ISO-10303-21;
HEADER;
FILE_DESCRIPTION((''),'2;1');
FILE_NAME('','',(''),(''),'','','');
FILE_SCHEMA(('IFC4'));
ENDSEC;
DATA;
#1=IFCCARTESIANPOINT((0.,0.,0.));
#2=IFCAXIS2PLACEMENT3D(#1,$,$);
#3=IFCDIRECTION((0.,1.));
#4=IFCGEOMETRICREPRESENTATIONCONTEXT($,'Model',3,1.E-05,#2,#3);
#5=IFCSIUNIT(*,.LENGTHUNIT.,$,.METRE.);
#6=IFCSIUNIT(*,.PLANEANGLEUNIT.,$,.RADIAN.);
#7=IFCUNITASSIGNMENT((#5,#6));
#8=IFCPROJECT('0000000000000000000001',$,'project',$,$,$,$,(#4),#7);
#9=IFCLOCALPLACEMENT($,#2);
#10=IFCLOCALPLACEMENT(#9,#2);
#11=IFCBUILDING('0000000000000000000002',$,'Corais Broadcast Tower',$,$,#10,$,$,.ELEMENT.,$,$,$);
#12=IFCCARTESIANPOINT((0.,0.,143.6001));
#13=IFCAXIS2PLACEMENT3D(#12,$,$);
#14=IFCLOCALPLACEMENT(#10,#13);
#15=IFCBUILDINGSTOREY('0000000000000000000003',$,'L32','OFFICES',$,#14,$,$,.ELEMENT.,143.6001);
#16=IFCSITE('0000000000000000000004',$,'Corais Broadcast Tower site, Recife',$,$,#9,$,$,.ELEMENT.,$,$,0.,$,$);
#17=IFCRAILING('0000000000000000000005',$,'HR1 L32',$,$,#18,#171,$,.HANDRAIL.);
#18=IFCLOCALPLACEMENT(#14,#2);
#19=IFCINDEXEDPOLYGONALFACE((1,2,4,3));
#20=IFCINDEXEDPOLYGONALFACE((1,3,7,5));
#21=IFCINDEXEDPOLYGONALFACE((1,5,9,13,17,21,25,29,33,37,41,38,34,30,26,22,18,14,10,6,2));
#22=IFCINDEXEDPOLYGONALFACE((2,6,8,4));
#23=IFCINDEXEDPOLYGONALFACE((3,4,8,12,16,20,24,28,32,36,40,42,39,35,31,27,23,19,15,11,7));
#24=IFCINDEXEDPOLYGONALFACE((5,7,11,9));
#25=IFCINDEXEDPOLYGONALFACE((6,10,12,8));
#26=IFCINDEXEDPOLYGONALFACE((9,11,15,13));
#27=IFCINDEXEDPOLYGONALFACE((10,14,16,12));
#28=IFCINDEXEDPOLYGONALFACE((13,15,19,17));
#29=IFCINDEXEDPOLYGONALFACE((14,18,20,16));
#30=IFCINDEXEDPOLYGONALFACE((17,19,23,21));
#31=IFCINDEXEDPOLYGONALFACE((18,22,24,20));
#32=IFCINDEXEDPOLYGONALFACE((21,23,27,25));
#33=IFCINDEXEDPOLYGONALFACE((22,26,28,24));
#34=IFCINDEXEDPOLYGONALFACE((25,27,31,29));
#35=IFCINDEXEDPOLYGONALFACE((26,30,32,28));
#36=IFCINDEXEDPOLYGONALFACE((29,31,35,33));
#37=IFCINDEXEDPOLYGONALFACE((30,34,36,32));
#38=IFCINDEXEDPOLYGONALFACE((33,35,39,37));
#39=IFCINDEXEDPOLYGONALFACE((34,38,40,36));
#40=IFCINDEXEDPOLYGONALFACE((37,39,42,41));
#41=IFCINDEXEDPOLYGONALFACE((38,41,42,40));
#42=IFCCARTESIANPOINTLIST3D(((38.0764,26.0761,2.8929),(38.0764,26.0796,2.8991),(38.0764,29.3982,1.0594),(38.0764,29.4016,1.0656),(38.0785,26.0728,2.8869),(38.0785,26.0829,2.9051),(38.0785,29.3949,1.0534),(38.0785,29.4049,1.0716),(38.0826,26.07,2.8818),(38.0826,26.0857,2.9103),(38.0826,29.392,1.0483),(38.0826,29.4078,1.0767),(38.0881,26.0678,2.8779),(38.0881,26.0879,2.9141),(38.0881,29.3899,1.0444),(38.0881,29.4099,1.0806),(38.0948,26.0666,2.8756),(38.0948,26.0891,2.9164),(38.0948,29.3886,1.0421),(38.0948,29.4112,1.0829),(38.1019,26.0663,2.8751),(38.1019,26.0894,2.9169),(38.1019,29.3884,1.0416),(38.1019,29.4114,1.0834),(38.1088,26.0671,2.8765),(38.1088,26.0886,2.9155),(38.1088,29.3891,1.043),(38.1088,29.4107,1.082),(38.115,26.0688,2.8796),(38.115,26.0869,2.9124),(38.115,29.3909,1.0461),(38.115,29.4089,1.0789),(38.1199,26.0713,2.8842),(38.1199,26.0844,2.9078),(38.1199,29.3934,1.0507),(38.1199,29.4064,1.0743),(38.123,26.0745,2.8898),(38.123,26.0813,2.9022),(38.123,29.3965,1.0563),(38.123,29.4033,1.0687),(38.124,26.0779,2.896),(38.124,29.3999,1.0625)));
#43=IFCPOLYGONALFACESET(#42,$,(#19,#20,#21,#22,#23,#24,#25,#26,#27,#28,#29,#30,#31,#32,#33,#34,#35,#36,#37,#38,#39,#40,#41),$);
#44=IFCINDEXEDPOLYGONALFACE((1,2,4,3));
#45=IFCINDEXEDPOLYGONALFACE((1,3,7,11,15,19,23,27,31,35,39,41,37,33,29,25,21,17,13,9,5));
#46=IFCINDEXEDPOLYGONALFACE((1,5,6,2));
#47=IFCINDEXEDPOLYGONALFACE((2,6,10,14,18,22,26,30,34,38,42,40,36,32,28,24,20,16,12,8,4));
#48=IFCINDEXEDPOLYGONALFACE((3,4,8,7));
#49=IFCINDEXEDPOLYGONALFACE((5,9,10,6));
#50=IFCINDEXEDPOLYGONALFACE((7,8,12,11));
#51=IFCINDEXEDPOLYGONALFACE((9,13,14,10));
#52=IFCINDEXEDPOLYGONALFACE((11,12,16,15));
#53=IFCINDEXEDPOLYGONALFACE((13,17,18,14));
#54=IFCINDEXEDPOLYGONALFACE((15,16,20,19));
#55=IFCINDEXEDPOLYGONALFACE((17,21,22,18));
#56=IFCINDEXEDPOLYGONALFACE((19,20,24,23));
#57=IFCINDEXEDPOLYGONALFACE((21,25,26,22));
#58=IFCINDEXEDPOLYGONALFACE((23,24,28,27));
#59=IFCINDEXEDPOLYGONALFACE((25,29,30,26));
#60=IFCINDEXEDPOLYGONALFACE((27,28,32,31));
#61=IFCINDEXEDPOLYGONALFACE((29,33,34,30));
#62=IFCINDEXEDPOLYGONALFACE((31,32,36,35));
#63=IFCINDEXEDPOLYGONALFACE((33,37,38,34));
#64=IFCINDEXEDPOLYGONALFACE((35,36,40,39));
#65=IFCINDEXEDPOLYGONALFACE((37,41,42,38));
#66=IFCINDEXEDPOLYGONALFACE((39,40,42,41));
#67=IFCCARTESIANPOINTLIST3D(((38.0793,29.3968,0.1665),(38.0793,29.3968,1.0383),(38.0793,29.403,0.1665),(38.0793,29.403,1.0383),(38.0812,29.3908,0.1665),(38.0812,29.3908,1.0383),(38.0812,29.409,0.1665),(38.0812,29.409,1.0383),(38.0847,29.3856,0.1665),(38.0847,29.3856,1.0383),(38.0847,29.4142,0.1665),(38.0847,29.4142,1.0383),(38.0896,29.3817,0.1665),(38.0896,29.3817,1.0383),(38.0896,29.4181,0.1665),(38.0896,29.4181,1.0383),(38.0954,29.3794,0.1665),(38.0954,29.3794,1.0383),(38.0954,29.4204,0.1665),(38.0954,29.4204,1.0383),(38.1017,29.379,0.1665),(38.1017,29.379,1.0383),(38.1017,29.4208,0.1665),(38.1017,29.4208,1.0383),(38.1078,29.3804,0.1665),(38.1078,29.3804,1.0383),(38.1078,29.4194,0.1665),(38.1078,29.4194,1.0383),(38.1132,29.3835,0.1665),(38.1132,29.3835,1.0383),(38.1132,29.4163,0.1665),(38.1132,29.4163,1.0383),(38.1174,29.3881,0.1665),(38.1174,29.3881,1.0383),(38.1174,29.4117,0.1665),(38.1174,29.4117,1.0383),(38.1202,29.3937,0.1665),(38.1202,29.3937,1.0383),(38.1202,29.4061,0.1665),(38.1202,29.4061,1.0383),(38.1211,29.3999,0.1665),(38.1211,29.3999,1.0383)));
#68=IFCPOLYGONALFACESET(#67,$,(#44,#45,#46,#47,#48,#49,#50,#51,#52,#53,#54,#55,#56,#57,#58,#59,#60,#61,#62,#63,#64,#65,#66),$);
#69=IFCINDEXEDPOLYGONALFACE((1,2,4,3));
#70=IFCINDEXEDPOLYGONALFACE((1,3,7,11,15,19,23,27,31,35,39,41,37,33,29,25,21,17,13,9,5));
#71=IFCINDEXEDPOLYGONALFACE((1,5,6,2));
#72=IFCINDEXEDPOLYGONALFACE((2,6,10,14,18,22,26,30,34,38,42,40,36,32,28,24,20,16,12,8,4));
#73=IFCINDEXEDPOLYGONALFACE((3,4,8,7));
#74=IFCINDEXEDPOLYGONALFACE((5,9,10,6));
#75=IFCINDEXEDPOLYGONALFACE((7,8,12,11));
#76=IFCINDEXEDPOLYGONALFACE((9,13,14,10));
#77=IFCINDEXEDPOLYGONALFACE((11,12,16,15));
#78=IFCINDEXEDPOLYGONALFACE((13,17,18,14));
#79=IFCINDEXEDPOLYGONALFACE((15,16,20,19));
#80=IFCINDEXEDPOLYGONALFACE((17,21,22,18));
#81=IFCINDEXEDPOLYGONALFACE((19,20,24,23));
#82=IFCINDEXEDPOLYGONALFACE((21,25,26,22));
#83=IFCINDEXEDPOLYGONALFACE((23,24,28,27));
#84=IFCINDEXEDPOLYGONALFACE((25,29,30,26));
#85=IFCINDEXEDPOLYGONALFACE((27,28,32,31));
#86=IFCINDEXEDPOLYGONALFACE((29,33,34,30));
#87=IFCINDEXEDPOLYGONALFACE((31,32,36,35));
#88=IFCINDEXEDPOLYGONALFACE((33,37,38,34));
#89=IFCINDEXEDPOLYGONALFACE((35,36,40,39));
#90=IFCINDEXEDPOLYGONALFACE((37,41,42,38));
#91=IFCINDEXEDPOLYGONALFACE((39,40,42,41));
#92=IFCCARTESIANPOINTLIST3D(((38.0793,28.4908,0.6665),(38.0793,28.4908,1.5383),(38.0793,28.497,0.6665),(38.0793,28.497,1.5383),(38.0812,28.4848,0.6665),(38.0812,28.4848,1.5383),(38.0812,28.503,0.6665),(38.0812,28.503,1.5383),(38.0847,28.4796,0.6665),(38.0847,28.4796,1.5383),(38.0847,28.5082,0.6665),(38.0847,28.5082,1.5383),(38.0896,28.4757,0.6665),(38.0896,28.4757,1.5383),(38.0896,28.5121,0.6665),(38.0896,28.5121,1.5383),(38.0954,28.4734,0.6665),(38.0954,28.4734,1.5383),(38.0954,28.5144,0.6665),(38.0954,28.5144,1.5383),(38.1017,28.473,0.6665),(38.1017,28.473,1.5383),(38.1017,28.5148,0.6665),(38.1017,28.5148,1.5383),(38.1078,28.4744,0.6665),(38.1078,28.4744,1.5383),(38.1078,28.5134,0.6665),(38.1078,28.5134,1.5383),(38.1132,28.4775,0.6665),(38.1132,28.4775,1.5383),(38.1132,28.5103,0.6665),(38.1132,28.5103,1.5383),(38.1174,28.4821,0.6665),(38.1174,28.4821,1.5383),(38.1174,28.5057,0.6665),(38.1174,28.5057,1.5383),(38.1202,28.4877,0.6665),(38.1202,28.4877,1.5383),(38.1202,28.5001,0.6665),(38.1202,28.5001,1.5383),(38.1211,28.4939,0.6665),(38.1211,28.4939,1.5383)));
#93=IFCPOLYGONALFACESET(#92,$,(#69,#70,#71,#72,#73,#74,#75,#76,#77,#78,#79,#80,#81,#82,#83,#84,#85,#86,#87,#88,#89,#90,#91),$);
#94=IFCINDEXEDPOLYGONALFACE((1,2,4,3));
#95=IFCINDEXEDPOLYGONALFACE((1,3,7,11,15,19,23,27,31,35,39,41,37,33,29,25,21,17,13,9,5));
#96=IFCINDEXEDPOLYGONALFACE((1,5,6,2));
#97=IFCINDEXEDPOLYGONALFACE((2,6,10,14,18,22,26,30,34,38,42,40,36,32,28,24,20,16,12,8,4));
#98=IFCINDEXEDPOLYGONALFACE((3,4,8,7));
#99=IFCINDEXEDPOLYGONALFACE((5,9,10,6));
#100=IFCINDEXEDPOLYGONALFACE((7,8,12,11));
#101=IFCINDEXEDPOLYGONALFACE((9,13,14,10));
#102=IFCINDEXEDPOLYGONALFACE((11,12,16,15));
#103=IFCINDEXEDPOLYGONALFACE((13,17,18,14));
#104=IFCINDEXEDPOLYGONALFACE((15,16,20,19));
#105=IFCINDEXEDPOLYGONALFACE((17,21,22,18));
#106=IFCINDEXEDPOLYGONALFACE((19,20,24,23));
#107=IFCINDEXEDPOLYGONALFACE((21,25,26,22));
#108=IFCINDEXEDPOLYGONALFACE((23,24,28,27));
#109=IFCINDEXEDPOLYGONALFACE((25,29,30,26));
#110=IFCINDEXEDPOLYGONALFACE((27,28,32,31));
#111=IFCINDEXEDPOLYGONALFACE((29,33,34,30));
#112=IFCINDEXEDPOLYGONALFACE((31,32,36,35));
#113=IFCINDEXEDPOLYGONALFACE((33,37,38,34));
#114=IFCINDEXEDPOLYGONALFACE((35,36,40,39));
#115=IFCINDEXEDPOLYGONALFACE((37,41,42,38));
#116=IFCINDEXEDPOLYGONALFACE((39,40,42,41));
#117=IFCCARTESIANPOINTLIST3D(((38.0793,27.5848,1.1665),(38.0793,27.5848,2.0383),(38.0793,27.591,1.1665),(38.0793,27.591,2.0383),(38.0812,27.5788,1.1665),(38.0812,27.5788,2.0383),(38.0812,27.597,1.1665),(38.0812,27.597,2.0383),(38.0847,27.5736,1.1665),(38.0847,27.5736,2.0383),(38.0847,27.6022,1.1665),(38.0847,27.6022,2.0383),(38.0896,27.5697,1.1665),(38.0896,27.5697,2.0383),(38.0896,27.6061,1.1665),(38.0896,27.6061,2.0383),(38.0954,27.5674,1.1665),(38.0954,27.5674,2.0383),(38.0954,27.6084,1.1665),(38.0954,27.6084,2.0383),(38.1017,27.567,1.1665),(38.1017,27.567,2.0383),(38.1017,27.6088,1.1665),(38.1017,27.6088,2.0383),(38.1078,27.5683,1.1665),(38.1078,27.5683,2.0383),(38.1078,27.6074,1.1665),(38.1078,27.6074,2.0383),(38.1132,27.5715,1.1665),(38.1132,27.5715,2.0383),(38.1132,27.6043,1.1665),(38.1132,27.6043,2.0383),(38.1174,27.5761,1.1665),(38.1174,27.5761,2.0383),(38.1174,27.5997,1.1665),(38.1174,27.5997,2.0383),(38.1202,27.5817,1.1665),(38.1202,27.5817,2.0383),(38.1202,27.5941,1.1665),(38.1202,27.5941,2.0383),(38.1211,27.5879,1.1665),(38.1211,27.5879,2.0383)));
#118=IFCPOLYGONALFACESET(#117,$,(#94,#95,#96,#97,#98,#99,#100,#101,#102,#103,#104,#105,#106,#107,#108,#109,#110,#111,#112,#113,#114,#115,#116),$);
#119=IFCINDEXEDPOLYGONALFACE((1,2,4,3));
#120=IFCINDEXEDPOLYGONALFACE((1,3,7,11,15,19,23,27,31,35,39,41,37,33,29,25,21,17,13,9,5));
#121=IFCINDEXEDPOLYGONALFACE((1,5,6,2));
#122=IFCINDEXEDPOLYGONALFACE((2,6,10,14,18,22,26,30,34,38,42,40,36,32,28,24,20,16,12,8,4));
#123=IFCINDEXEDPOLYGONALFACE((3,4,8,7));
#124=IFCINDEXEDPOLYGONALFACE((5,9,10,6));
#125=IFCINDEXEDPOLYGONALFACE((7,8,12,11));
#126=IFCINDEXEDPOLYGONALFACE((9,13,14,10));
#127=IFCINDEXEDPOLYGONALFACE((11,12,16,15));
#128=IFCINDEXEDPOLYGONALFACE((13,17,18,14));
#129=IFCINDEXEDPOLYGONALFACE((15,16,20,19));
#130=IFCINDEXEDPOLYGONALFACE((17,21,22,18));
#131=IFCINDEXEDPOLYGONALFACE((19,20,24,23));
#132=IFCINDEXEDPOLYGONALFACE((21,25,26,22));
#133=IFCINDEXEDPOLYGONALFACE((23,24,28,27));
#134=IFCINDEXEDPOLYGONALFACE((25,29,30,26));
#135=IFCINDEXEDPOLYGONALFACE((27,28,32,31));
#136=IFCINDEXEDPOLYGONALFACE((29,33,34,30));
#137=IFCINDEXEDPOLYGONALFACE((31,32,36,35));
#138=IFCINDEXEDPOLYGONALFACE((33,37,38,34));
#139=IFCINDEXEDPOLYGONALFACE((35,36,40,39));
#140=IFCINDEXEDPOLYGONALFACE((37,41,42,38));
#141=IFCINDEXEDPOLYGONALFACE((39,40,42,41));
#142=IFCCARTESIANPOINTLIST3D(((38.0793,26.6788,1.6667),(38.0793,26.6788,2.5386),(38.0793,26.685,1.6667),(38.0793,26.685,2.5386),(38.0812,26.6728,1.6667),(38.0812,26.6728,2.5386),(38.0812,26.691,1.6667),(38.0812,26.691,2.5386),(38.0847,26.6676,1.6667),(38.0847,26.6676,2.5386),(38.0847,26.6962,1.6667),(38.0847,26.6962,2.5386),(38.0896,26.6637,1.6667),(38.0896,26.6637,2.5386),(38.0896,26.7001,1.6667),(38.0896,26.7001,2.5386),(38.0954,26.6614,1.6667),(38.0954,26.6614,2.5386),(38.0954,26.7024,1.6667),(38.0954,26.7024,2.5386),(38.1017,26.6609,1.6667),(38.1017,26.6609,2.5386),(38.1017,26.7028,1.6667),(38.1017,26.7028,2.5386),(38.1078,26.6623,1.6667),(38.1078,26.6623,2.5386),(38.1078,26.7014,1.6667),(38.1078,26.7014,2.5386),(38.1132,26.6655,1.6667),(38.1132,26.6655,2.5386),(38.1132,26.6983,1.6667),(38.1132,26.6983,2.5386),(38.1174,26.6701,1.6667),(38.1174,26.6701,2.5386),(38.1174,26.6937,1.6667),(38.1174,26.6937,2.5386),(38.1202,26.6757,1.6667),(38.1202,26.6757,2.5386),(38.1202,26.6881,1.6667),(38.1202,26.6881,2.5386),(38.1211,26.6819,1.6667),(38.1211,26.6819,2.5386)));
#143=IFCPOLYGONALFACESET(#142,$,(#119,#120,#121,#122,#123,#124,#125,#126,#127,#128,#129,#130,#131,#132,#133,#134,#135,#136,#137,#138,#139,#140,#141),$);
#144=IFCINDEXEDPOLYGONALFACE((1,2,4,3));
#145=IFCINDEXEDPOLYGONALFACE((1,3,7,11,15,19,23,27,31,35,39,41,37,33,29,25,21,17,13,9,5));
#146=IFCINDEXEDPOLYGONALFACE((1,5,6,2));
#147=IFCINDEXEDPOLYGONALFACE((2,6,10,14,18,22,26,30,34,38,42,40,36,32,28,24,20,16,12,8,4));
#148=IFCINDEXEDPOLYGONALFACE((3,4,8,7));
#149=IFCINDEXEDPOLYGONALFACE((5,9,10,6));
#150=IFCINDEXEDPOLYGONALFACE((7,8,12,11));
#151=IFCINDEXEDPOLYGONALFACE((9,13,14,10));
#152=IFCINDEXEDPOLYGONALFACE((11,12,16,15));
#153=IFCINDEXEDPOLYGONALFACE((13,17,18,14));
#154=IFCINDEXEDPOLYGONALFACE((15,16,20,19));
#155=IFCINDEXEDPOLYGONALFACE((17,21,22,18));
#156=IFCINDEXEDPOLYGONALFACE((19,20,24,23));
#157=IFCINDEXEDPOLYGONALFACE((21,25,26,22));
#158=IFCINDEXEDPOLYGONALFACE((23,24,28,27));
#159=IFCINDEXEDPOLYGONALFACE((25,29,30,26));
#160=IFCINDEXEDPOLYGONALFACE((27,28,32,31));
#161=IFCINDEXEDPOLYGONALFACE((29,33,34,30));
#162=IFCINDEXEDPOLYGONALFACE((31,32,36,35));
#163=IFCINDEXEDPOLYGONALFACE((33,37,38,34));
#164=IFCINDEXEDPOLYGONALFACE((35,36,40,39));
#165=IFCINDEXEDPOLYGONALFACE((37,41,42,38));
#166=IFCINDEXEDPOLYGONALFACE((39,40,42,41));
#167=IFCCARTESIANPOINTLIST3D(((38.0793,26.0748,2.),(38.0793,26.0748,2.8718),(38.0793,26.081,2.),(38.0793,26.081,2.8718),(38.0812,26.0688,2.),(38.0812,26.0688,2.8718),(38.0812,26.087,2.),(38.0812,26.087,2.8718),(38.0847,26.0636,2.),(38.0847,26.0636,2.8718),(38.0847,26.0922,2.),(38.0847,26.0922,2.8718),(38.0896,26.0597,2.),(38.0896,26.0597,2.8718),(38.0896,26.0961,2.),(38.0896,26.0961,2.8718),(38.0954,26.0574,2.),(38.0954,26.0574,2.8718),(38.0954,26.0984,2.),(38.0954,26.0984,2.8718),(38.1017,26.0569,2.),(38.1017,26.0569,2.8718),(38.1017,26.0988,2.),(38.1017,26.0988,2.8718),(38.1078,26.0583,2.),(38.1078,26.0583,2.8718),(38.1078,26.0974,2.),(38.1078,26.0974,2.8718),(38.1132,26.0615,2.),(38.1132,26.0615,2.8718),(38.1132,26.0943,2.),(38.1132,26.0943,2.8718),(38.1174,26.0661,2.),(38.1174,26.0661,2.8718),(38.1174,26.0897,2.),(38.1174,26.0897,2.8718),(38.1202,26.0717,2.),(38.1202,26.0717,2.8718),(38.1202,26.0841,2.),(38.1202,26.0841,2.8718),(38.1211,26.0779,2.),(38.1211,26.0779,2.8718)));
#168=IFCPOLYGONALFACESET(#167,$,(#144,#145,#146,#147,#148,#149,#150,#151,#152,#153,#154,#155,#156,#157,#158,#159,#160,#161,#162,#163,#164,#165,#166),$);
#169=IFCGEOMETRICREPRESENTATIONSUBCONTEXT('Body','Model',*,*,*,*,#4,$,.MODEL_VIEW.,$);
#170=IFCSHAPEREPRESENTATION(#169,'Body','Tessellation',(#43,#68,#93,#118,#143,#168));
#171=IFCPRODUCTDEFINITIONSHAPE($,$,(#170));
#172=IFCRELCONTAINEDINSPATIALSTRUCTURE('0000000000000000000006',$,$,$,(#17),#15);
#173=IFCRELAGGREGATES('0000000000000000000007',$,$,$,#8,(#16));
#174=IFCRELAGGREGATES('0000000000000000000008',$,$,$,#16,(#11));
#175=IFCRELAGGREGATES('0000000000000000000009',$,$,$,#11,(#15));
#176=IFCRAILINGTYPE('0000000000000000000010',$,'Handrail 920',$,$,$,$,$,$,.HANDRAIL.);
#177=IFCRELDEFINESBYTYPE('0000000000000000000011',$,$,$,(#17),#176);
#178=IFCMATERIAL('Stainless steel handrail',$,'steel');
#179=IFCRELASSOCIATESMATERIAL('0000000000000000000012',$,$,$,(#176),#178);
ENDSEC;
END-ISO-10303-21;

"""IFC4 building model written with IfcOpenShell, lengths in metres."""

from ifc_helpers import new_model, si_unit, direction, frame, origin, origin_2d, place, context, subcontext, project, spatial, circle, extrude, material, type_object, element, save


model = new_model("IFC4")

# Units and contexts
model_context = context("Model", 3, precision=1e-05, world=origin(), true_north=direction((0.0, 1.0)))
body_context = subcontext(model_context, "Body", "Model", "MODEL_VIEW")
ifc_project = project(units=[si_unit("LENGTHUNIT", "METRE"), si_unit("PLANEANGLEUNIT", "RADIAN")], contexts=[model_context])

# Site, building, storey
site_placement = place(None, origin())
site = spatial("IfcSite", under=ifc_project, at=site_placement, Name="Corais Broadcast Tower site, Recife", CompositionType="ELEMENT", RefElevation=0.0)
building_placement = place(site_placement, origin())
building = spatial("IfcBuilding", under=site, at=building_placement, Name="Corais Broadcast Tower", CompositionType="ELEMENT")
storey_placement = place(building_placement, frame((0.0, 0.0, 143.6001)))
storey = spatial("IfcBuildingStorey", under=building, at=storey_placement, Name="L32", Description="OFFICES", CompositionType="ELEMENT", Elevation=143.6001)

# Railing
ifc_material_1 = material(Name="Stainless steel handrail", Category="steel")
railing_type = type_object("IfcRailingType", Name="Handrail 920", PredefinedType="HANDRAIL", material=ifc_material_1)
for number, where, name in (
    (1, (38.1001, 29.3999, 0.1665), "HR1 L32"),
):
    element("IfcRailing", number, at=place(storey_placement, frame(where)), inside=storey, type_object=railing_type, Name=name, PredefinedType="HANDRAIL", context=body_context, shape_type="SweptSolid", body=[
        extrude(circle(Radius=0.0239, at=origin_2d()), frame((0.0, 0.0, 0.896), z_axis=(0.0, -0.875504, 0.48321), x_axis=(1.0, 0.0, 0.0)), (0.0, 0.0, 1.0), 3.7944),
        extrude(circle(Radius=0.021, at=origin_2d()), origin(), (0.0, 0.0, 1.0), 0.8718),
        extrude(circle(Radius=0.021, at=origin_2d()), frame((0.0, -0.906, 0.5)), (0.0, 0.0, 1.0), 0.8718),
        extrude(circle(Radius=0.021, at=origin_2d()), frame((0.0, -1.812, 1.0)), (0.0, 0.0, 1.0), 0.8718),
        extrude(circle(Radius=0.021, at=origin_2d()), frame((0.0, -2.718, 1.5002)), (0.0, 0.0, 1.0), 0.8718),
        extrude(circle(Radius=0.021, at=origin_2d()), frame((0.0, -3.322, 1.8335)), (0.0, 0.0, 1.0), 0.8718),
    ])

save(model, "model.ifc")
